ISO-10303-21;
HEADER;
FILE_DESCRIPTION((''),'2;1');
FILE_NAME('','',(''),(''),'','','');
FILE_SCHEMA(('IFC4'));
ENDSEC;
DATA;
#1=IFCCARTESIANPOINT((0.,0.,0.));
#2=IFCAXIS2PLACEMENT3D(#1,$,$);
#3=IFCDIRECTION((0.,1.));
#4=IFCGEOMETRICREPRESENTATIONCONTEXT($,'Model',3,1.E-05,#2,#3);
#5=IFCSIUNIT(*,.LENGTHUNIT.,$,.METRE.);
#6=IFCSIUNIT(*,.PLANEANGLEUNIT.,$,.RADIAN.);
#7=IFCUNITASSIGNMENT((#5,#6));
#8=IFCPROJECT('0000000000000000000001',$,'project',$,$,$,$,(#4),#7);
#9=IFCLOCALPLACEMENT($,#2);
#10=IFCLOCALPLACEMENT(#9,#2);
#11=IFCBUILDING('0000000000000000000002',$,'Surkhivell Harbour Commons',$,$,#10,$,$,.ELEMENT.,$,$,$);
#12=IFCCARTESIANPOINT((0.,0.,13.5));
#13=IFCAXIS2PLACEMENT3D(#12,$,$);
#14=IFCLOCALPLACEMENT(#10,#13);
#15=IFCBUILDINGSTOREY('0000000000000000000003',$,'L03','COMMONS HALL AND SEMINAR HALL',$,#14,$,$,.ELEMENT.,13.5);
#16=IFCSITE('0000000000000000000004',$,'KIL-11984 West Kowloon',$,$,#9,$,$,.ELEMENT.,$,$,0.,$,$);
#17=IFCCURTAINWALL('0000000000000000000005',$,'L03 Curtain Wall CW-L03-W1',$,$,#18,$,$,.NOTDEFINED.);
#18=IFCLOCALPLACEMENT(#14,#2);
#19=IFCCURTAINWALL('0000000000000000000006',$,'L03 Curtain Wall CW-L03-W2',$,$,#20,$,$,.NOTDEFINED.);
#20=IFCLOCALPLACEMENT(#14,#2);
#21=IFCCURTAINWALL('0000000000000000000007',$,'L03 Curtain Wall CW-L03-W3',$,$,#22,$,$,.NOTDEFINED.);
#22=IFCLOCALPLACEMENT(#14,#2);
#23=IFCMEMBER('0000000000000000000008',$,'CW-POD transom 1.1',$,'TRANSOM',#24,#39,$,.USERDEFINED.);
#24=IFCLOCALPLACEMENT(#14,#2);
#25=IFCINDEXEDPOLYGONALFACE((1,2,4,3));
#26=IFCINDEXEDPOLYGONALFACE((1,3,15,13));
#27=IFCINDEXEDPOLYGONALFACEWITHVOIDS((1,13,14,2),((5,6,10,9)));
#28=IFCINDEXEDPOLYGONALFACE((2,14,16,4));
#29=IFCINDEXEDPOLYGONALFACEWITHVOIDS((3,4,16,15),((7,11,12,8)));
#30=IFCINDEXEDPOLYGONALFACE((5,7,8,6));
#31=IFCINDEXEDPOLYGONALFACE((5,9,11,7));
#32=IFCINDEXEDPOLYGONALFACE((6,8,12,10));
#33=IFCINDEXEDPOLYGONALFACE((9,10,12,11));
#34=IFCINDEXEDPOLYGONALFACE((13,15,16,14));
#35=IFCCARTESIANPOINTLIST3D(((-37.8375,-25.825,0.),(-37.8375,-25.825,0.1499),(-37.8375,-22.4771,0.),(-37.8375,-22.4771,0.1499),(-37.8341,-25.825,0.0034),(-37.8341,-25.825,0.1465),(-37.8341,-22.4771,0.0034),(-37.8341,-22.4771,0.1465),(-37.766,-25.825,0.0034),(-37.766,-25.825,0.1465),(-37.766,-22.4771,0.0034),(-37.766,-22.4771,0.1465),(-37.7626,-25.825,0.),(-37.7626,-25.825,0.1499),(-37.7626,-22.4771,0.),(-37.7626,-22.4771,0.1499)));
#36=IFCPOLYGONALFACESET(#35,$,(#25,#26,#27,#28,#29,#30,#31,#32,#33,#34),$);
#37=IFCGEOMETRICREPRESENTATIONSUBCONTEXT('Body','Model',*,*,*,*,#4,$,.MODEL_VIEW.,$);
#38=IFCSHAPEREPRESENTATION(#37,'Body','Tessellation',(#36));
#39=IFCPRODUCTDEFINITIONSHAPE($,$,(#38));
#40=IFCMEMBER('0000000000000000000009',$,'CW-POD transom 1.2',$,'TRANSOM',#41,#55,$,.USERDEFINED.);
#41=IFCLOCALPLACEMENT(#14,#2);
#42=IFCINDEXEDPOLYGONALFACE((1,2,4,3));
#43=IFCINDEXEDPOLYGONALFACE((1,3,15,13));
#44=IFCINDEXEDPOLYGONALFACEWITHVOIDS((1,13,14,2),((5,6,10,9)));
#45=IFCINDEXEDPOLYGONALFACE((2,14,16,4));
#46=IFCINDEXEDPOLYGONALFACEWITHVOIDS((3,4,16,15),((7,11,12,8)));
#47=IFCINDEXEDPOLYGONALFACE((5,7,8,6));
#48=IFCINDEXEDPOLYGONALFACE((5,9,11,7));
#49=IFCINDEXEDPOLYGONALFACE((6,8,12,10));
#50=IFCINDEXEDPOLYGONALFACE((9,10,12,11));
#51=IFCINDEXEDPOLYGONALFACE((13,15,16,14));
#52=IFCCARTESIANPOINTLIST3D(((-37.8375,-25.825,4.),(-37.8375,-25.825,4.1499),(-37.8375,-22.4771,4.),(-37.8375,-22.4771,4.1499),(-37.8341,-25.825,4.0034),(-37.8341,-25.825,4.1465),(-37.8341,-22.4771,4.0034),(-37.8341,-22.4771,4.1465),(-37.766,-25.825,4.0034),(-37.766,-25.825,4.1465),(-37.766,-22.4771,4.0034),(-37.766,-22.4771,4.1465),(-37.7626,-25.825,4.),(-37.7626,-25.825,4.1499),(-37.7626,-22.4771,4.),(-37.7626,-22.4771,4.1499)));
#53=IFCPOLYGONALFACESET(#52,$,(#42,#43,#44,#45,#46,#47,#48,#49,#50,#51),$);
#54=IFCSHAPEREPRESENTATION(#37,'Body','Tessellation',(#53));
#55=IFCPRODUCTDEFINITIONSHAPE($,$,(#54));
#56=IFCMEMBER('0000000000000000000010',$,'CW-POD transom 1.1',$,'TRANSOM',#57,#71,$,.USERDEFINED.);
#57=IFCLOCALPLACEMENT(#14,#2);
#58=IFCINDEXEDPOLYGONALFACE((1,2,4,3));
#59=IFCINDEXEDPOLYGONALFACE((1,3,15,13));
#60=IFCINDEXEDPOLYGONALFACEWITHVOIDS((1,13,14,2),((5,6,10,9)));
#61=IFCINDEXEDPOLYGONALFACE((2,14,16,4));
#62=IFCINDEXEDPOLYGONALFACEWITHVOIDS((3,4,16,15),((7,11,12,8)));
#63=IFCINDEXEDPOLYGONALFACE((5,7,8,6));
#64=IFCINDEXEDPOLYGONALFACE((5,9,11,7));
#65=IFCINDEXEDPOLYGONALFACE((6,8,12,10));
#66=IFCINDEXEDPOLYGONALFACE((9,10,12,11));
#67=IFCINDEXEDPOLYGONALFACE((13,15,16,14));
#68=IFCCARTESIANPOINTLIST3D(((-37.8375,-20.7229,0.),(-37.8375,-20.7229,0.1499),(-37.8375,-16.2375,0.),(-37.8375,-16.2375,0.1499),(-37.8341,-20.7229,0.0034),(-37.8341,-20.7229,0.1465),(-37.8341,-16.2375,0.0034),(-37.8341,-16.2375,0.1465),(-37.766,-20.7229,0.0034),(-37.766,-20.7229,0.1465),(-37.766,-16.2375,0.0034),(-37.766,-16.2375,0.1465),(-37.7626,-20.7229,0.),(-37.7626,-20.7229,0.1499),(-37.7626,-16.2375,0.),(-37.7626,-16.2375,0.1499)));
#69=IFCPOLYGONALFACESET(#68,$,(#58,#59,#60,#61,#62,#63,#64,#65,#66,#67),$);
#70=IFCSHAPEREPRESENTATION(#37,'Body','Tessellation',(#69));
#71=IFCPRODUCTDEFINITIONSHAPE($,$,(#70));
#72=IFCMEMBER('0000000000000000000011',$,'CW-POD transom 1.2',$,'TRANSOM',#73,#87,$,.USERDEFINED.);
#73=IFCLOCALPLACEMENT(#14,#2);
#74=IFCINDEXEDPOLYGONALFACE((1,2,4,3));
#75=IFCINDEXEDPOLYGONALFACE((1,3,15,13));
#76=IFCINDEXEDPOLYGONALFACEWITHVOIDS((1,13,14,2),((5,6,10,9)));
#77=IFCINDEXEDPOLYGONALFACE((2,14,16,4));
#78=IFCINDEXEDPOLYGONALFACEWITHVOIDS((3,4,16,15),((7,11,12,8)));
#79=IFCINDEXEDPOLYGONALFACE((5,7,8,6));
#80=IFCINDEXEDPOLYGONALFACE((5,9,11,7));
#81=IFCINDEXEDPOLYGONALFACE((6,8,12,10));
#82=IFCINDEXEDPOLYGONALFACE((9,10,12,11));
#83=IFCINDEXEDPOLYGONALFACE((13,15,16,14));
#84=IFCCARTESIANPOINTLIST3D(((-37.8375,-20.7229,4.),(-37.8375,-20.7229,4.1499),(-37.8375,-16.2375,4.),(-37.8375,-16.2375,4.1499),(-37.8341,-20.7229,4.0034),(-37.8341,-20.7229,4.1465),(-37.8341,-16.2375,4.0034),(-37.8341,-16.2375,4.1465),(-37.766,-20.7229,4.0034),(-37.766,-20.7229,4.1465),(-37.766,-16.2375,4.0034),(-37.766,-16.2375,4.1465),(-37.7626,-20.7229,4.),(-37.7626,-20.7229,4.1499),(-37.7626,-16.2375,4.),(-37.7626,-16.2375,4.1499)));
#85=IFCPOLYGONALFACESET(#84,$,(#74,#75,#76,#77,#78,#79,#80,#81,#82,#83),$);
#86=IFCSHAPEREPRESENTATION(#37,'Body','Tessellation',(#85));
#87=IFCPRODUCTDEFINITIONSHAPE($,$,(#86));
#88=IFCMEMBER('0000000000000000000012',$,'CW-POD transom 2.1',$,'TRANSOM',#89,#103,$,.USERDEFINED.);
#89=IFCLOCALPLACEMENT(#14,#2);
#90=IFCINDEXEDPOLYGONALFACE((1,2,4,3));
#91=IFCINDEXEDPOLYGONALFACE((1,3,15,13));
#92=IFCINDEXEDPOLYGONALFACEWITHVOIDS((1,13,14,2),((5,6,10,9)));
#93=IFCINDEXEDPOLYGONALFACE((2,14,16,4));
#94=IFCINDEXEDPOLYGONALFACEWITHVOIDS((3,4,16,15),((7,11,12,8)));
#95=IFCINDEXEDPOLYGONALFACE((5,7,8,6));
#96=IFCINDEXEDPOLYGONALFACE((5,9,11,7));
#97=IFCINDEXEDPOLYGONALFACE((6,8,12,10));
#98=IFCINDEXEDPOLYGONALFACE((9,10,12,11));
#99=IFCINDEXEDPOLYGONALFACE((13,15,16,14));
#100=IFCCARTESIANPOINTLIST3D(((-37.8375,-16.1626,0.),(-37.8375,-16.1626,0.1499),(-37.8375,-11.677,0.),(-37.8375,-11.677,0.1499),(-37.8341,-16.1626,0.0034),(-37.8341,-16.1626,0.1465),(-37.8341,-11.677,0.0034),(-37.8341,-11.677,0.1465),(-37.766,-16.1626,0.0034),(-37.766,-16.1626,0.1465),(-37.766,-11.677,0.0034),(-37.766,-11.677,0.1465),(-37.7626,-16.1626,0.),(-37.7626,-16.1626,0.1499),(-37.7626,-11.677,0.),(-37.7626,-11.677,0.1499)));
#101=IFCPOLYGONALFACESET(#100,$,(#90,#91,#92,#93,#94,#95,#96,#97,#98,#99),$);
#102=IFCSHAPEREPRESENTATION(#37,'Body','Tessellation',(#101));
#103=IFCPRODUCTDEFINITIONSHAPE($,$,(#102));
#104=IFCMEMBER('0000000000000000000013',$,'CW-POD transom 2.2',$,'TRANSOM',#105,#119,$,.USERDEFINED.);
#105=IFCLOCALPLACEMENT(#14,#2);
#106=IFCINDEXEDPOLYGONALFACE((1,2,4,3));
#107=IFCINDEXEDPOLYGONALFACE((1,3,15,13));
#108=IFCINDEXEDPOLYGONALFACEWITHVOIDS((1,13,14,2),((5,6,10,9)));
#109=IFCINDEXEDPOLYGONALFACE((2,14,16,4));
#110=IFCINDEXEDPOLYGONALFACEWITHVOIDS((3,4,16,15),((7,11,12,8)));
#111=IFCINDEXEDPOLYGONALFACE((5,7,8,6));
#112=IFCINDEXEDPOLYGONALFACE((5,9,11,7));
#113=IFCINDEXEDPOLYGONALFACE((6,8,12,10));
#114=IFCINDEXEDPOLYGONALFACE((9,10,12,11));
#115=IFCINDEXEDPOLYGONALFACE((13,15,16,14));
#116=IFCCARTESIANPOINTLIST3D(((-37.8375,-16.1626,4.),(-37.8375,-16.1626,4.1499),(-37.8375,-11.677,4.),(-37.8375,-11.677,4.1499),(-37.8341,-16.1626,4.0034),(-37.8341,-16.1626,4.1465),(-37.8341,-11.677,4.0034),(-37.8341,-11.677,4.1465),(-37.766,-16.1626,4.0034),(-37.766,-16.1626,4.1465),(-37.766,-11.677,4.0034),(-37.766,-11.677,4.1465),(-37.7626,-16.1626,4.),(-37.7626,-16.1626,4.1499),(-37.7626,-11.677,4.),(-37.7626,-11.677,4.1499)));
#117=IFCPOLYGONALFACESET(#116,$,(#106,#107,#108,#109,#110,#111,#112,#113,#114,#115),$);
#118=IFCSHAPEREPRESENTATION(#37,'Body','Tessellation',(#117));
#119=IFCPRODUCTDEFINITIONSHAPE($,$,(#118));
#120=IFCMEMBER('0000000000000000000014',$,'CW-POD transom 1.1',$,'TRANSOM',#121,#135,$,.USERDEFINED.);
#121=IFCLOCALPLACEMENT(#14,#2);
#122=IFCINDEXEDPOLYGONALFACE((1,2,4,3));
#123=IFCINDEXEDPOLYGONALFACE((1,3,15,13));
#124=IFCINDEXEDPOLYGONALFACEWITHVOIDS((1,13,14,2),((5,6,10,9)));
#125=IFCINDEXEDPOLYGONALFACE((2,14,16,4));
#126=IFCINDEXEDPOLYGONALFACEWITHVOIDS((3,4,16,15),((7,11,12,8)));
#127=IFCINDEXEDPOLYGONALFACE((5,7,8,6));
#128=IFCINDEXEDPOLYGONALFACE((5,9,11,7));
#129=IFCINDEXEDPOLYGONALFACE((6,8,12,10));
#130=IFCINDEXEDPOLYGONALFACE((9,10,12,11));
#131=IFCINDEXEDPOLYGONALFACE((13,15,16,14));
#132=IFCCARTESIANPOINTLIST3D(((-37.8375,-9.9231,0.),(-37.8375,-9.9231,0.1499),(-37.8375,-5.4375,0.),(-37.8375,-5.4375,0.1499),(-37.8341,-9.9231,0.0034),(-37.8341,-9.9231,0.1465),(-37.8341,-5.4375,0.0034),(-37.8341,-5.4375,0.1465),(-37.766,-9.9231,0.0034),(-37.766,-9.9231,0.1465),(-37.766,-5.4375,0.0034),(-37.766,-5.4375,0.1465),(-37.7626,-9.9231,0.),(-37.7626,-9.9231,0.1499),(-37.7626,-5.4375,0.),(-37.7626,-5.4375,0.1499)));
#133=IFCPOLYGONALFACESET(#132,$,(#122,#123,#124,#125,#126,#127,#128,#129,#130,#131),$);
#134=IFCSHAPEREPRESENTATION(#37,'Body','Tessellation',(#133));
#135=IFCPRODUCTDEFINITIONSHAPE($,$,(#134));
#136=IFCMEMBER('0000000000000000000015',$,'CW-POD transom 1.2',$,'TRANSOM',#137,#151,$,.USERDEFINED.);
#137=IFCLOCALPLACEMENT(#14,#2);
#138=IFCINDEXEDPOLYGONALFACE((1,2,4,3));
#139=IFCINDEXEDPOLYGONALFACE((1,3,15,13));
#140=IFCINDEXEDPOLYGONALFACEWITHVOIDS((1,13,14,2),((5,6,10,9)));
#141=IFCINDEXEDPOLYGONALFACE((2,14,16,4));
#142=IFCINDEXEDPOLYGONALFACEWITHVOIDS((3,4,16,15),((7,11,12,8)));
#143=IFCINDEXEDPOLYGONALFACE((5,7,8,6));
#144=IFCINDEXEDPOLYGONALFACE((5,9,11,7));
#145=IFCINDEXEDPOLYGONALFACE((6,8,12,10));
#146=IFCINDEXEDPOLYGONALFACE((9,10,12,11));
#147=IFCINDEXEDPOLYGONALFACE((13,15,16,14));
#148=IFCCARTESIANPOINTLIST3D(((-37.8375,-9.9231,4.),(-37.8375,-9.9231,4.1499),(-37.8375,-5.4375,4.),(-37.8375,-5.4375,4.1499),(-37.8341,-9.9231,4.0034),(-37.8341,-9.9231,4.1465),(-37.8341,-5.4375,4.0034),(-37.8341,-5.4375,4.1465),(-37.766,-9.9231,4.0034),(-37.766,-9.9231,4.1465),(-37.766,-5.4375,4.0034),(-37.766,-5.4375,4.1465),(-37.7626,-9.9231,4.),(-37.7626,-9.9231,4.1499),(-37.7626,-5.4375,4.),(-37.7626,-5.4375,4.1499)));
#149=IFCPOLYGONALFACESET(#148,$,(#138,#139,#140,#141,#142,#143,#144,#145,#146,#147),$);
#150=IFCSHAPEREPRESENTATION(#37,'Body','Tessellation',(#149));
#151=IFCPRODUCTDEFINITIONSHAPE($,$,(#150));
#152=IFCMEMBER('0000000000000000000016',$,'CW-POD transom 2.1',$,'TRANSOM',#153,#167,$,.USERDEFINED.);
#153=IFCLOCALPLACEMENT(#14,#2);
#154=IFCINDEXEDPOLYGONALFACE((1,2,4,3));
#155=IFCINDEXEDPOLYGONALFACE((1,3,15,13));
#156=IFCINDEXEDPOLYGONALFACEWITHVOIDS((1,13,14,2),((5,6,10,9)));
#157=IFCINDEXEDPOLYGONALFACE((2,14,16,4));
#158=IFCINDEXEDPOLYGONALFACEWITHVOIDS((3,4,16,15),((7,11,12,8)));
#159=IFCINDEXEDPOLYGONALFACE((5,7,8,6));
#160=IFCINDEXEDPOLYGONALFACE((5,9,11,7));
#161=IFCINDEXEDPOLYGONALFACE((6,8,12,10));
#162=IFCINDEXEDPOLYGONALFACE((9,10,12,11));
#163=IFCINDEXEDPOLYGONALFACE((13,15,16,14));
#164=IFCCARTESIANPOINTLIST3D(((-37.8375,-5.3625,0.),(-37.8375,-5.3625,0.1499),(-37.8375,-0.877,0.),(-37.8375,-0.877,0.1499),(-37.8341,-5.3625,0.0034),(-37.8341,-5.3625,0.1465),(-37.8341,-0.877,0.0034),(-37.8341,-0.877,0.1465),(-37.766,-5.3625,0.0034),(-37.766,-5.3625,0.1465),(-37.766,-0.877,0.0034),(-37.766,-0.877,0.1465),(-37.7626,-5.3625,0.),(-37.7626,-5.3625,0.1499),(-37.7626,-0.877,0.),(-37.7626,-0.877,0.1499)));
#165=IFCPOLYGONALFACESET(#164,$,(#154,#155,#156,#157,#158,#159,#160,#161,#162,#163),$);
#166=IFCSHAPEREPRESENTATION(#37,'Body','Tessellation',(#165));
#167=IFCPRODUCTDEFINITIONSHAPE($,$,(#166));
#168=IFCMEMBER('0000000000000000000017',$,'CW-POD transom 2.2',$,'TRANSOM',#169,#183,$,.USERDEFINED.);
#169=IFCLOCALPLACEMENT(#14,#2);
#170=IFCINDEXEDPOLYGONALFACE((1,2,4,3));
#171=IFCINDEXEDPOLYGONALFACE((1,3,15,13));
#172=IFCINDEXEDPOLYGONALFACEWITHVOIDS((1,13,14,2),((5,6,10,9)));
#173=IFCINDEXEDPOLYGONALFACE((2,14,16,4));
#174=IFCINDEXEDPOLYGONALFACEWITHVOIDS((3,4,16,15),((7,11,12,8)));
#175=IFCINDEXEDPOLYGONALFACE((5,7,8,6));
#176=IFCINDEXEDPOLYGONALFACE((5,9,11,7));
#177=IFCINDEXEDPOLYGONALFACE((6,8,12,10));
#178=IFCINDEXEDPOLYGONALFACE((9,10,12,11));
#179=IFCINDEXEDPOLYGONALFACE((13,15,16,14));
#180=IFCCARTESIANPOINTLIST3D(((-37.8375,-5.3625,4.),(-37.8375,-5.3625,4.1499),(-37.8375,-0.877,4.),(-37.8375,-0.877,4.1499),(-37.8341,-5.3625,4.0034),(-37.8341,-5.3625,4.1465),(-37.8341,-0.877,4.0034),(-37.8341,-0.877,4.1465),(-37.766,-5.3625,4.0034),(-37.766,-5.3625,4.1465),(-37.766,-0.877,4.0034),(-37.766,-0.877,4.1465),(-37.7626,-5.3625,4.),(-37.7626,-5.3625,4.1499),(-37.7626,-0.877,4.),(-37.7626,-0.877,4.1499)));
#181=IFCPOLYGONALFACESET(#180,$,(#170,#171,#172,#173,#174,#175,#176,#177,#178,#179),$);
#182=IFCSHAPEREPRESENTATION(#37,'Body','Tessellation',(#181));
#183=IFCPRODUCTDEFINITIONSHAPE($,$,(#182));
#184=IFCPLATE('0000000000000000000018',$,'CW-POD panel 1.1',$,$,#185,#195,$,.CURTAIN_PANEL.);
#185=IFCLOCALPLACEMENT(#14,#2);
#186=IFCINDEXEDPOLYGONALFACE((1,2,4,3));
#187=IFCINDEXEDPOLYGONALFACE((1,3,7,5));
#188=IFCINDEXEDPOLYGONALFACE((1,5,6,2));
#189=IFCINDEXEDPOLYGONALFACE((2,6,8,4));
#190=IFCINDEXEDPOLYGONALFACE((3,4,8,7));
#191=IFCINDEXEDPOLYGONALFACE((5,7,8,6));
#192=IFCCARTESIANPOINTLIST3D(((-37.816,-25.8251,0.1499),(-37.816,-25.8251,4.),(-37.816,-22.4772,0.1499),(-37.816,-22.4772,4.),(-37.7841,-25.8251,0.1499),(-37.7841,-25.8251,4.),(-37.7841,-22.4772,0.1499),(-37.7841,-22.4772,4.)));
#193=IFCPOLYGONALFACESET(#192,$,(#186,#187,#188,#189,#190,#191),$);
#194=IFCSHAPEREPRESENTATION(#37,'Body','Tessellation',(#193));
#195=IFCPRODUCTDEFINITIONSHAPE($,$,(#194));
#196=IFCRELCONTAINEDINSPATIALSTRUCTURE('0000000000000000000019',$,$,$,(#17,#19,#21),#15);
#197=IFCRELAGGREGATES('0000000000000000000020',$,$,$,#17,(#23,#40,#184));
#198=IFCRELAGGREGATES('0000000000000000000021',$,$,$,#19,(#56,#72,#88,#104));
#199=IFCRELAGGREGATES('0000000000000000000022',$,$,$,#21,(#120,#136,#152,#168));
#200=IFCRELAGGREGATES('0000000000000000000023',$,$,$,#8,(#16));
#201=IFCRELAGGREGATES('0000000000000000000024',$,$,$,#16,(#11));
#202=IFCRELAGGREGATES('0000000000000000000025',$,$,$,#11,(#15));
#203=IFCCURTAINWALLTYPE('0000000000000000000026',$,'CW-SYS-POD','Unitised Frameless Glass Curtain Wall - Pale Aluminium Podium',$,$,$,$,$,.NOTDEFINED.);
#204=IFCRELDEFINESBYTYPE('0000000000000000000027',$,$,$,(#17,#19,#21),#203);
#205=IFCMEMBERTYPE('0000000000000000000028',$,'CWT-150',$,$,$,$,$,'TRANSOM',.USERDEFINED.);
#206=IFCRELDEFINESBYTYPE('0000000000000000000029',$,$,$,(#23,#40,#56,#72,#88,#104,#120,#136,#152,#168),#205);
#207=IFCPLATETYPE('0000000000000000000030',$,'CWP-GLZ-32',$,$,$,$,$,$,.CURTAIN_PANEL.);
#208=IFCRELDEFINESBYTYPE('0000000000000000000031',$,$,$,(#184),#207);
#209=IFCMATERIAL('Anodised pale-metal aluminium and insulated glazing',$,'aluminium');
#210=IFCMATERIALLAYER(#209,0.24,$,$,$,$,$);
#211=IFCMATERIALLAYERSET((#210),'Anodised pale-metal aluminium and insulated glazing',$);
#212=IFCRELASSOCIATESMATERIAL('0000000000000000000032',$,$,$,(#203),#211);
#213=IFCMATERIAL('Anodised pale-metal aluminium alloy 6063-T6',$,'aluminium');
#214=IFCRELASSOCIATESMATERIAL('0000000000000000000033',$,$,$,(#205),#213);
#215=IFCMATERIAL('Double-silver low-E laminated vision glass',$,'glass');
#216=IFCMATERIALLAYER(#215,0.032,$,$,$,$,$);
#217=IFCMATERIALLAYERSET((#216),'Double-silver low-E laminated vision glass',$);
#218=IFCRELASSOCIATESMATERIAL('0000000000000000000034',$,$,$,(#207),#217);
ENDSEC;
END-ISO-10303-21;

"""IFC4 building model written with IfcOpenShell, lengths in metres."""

from ifc_helpers import new_model, si_unit, direction, frame, frame_2d, origin, origin_2d, place, context, subcontext, project, spatial, rectangle, hollow_rectangle, extrude, material, layer, layer_set, material_profile, profile_set, type_object, element, aggregate, save


model = new_model("IFC4")

# Units and contexts
model_context = context("Model", 3, precision=1e-05, world=origin(), true_north=direction((0.0, 1.0)))
body_context = subcontext(model_context, "Body", "Model", "MODEL_VIEW")
ifc_project = project(units=[si_unit("LENGTHUNIT", "METRE"), si_unit("PLANEANGLEUNIT", "RADIAN")], contexts=[model_context])

# Site, building, storey
site_placement = place(None, origin())
site = spatial("IfcSite", under=ifc_project, at=site_placement, Name="KIL-11984 West Kowloon", CompositionType="ELEMENT", RefElevation=0.0)
building_placement = place(site_placement, origin())
building = spatial("IfcBuilding", under=site, at=building_placement, Name="Surkhivell Harbour Commons", CompositionType="ELEMENT")
storey_placement = place(building_placement, frame((0.0, 0.0, 13.5)))
storey = spatial("IfcBuildingStorey", under=building, at=storey_placement, Name="L03", Description="COMMONS HALL AND SEMINAR HALL", CompositionType="ELEMENT", Elevation=13.5)

# Shared definitions
ifc_material_1 = material(Name="Anodised pale-metal aluminium and insulated glazing", Category="aluminium")
ifc_layer_1 = layer(ifc_material_1, 0.24)
ifc_layer_set_1 = layer_set([ifc_layer_1], Name="Anodised pale-metal aluminium and insulated glazing")
curtain_wall_type = type_object("IfcCurtainWallType", Name="CW-SYS-POD", Description="Unitised Frameless Glass Curtain Wall - Pale Aluminium Podium", PredefinedType="NOTDEFINED", material=ifc_layer_set_1)
ifc_material_2 = material(Name="Anodised pale-metal aluminium alloy 6063-T6", Category="aluminium")

# Curtain walls
curtain_wall_1_placement = place(storey_placement, origin())
curtain_wall_1 = element("IfcCurtainWall", 1, at=curtain_wall_1_placement, inside=storey, type_object=curtain_wall_type, Name="L03 Curtain Wall CW-L03-W1", PredefinedType="NOTDEFINED")
curtain_wall_2_placement = place(storey_placement, origin())
curtain_wall_2 = element("IfcCurtainWall", 2, at=curtain_wall_2_placement, inside=storey, type_object=curtain_wall_type, Name="L03 Curtain Wall CW-L03-W2", PredefinedType="NOTDEFINED")
curtain_wall_3_placement = place(storey_placement, origin())
curtain_wall_3 = element("IfcCurtainWall", 3, at=curtain_wall_3_placement, inside=storey, type_object=curtain_wall_type, Name="L03 Curtain Wall CW-L03-W3", PredefinedType="NOTDEFINED")

# Members
ifc_material_profile_1 = material_profile(ifc_material_2, hollow_rectangle(XDim=0.075, YDim=0.1499, WallThickness=0.0034, at=origin_2d()), Name="ALU-TRAN-75x150")
ifc_profile_set_1 = profile_set([ifc_material_profile_1], Name="Anodised pale-metal aluminium alloy 6063-T6")
member_type_1 = type_object("IfcMemberType", Name="CWT-150", ElementType="TRANSOM", PredefinedType="USERDEFINED", material=ifc_profile_set_1)
member_1_placement = place(storey_placement, frame((-37.8, -25.825, 0.075), z_axis=(0.0, 1.0, 0.0), x_axis=(-1.0, 0.0, 0.0)))
member_1 = element("IfcMember", 4, at=member_1_placement, type_object=member_type_1, Name="CW-POD transom 1.1", ObjectType="TRANSOM", PredefinedType="USERDEFINED", context=body_context, shape_type="SweptSolid", body=[
    extrude(hollow_rectangle(XDim=0.075, YDim=0.1499, WallThickness=0.0034, at=origin_2d()), origin(), (0.0, 0.0, 1.0), 3.3479),
])
member_2_placement = place(storey_placement, frame((-37.8, -25.825, 4.075), z_axis=(0.0, 1.0, 0.0), x_axis=(-1.0, 0.0, 0.0)))
member_2 = element("IfcMember", 5, at=member_2_placement, type_object=member_type_1, Name="CW-POD transom 1.2", ObjectType="TRANSOM", PredefinedType="USERDEFINED", context=body_context, shape_type="SweptSolid", body=[
    extrude(hollow_rectangle(XDim=0.075, YDim=0.1499, WallThickness=0.0034, at=origin_2d()), origin(), (0.0, 0.0, 1.0), 3.3479),
])
member_3_placement = place(storey_placement, frame((-37.8, -20.7229, 0.075), z_axis=(0.0, 1.0, 0.0), x_axis=(-1.0, 0.0, 0.0)))
member_3 = element("IfcMember", 6, at=member_3_placement, type_object=member_type_1, Name="CW-POD transom 1.1", ObjectType="TRANSOM", PredefinedType="USERDEFINED", context=body_context, shape_type="SweptSolid", body=[
    extrude(hollow_rectangle(XDim=0.075, YDim=0.1499, WallThickness=0.0034, at=origin_2d()), origin(), (0.0, 0.0, 1.0), 4.4854),
])
member_4_placement = place(storey_placement, frame((-37.8, -20.7229, 4.075), z_axis=(0.0, 1.0, 0.0), x_axis=(-1.0, 0.0, 0.0)))
member_4 = element("IfcMember", 7, at=member_4_placement, type_object=member_type_1, Name="CW-POD transom 1.2", ObjectType="TRANSOM", PredefinedType="USERDEFINED", context=body_context, shape_type="SweptSolid", body=[
    extrude(hollow_rectangle(XDim=0.075, YDim=0.1499, WallThickness=0.0034, at=origin_2d()), origin(), (0.0, 0.0, 1.0), 4.4854),
])
member_5_placement = place(storey_placement, frame((-37.8, -16.1626, 0.075), z_axis=(0.0, 1.0, 0.0), x_axis=(-1.0, 0.0, 0.0)))
member_5 = element("IfcMember", 8, at=member_5_placement, type_object=member_type_1, Name="CW-POD transom 2.1", ObjectType="TRANSOM", PredefinedType="USERDEFINED", context=body_context, shape_type="SweptSolid", body=[
    extrude(hollow_rectangle(XDim=0.075, YDim=0.1499, WallThickness=0.0034, at=origin_2d()), origin(), (0.0, 0.0, 1.0), 4.4856),
])
member_6_placement = place(storey_placement, frame((-37.8, -16.1626, 4.075), z_axis=(0.0, 1.0, 0.0), x_axis=(-1.0, 0.0, 0.0)))
member_6 = element("IfcMember", 9, at=member_6_placement, type_object=member_type_1, Name="CW-POD transom 2.2", ObjectType="TRANSOM", PredefinedType="USERDEFINED", context=body_context, shape_type="SweptSolid", body=[
    extrude(hollow_rectangle(XDim=0.075, YDim=0.1499, WallThickness=0.0034, at=origin_2d()), origin(), (0.0, 0.0, 1.0), 4.4856),
])
member_7_placement = place(storey_placement, frame((-37.8, -9.9231, 0.075), z_axis=(0.0, 1.0, 0.0), x_axis=(-1.0, 0.0, 0.0)))
member_7 = element("IfcMember", 10, at=member_7_placement, type_object=member_type_1, Name="CW-POD transom 1.1", ObjectType="TRANSOM", PredefinedType="USERDEFINED", context=body_context, shape_type="SweptSolid", body=[
    extrude(hollow_rectangle(XDim=0.075, YDim=0.1499, WallThickness=0.0034, at=origin_2d()), origin(), (0.0, 0.0, 1.0), 4.4856),
])
member_8_placement = place(storey_placement, frame((-37.8, -9.9231, 4.075), z_axis=(0.0, 1.0, 0.0), x_axis=(-1.0, 0.0, 0.0)))
member_8 = element("IfcMember", 11, at=member_8_placement, type_object=member_type_1, Name="CW-POD transom 1.2", ObjectType="TRANSOM", PredefinedType="USERDEFINED", context=body_context, shape_type="SweptSolid", body=[
    extrude(hollow_rectangle(XDim=0.075, YDim=0.1499, WallThickness=0.0034, at=origin_2d()), origin(), (0.0, 0.0, 1.0), 4.4856),
])
member_9_placement = place(storey_placement, frame((-37.8, -5.3625, 0.075), z_axis=(0.0, 1.0, 0.0), x_axis=(-1.0, 0.0, 0.0)))
member_9 = element("IfcMember", 12, at=member_9_placement, type_object=member_type_1, Name="CW-POD transom 2.1", ObjectType="TRANSOM", PredefinedType="USERDEFINED", context=body_context, shape_type="SweptSolid", body=[
    extrude(hollow_rectangle(XDim=0.075, YDim=0.1499, WallThickness=0.0034, at=origin_2d()), origin(), (0.0, 0.0, 1.0), 4.4856),
])
member_10_placement = place(storey_placement, frame((-37.8, -5.3625, 4.075), z_axis=(0.0, 1.0, 0.0), x_axis=(-1.0, 0.0, 0.0)))
member_10 = element("IfcMember", 13, at=member_10_placement, type_object=member_type_1, Name="CW-POD transom 2.2", ObjectType="TRANSOM", PredefinedType="USERDEFINED", context=body_context, shape_type="SweptSolid", body=[
    extrude(hollow_rectangle(XDim=0.075, YDim=0.1499, WallThickness=0.0034, at=origin_2d()), origin(), (0.0, 0.0, 1.0), 4.4856),
])

# Plate
ifc_material_3 = material(Name="Double-silver low-E laminated vision glass", Category="glass")
ifc_layer_2 = layer(ifc_material_3, 0.032)
ifc_layer_set_2 = layer_set([ifc_layer_2], Name="Double-silver low-E laminated vision glass")
plate_type = type_object("IfcPlateType", Name="CWP-GLZ-32", PredefinedType="CURTAIN_PANEL", material=ifc_layer_set_2)
plate_1_placement = place(storey_placement, frame((-37.8, -25.825, 0.1499), z_axis=(0.0, 0.0, 1.0), x_axis=(0.0, 1.0, 0.0)))
plate_1 = element("IfcPlate", 14, at=plate_1_placement, type_object=plate_type, Name="CW-POD panel 1.1", PredefinedType="CURTAIN_PANEL", context=body_context, shape_type="SweptSolid", body=[
    extrude(rectangle(XDim=3.3479, YDim=0.032, at=frame_2d((1.6738, 0.0))), origin(), (0.0, 0.0, 1.0), 3.8501),
])
aggregate(curtain_wall_1, [member_1, member_2, plate_1])
aggregate(curtain_wall_2, [member_3, member_4, member_5, member_6])
aggregate(curtain_wall_3, [member_7, member_8, member_9, member_10])

save(model, "model.ifc")
